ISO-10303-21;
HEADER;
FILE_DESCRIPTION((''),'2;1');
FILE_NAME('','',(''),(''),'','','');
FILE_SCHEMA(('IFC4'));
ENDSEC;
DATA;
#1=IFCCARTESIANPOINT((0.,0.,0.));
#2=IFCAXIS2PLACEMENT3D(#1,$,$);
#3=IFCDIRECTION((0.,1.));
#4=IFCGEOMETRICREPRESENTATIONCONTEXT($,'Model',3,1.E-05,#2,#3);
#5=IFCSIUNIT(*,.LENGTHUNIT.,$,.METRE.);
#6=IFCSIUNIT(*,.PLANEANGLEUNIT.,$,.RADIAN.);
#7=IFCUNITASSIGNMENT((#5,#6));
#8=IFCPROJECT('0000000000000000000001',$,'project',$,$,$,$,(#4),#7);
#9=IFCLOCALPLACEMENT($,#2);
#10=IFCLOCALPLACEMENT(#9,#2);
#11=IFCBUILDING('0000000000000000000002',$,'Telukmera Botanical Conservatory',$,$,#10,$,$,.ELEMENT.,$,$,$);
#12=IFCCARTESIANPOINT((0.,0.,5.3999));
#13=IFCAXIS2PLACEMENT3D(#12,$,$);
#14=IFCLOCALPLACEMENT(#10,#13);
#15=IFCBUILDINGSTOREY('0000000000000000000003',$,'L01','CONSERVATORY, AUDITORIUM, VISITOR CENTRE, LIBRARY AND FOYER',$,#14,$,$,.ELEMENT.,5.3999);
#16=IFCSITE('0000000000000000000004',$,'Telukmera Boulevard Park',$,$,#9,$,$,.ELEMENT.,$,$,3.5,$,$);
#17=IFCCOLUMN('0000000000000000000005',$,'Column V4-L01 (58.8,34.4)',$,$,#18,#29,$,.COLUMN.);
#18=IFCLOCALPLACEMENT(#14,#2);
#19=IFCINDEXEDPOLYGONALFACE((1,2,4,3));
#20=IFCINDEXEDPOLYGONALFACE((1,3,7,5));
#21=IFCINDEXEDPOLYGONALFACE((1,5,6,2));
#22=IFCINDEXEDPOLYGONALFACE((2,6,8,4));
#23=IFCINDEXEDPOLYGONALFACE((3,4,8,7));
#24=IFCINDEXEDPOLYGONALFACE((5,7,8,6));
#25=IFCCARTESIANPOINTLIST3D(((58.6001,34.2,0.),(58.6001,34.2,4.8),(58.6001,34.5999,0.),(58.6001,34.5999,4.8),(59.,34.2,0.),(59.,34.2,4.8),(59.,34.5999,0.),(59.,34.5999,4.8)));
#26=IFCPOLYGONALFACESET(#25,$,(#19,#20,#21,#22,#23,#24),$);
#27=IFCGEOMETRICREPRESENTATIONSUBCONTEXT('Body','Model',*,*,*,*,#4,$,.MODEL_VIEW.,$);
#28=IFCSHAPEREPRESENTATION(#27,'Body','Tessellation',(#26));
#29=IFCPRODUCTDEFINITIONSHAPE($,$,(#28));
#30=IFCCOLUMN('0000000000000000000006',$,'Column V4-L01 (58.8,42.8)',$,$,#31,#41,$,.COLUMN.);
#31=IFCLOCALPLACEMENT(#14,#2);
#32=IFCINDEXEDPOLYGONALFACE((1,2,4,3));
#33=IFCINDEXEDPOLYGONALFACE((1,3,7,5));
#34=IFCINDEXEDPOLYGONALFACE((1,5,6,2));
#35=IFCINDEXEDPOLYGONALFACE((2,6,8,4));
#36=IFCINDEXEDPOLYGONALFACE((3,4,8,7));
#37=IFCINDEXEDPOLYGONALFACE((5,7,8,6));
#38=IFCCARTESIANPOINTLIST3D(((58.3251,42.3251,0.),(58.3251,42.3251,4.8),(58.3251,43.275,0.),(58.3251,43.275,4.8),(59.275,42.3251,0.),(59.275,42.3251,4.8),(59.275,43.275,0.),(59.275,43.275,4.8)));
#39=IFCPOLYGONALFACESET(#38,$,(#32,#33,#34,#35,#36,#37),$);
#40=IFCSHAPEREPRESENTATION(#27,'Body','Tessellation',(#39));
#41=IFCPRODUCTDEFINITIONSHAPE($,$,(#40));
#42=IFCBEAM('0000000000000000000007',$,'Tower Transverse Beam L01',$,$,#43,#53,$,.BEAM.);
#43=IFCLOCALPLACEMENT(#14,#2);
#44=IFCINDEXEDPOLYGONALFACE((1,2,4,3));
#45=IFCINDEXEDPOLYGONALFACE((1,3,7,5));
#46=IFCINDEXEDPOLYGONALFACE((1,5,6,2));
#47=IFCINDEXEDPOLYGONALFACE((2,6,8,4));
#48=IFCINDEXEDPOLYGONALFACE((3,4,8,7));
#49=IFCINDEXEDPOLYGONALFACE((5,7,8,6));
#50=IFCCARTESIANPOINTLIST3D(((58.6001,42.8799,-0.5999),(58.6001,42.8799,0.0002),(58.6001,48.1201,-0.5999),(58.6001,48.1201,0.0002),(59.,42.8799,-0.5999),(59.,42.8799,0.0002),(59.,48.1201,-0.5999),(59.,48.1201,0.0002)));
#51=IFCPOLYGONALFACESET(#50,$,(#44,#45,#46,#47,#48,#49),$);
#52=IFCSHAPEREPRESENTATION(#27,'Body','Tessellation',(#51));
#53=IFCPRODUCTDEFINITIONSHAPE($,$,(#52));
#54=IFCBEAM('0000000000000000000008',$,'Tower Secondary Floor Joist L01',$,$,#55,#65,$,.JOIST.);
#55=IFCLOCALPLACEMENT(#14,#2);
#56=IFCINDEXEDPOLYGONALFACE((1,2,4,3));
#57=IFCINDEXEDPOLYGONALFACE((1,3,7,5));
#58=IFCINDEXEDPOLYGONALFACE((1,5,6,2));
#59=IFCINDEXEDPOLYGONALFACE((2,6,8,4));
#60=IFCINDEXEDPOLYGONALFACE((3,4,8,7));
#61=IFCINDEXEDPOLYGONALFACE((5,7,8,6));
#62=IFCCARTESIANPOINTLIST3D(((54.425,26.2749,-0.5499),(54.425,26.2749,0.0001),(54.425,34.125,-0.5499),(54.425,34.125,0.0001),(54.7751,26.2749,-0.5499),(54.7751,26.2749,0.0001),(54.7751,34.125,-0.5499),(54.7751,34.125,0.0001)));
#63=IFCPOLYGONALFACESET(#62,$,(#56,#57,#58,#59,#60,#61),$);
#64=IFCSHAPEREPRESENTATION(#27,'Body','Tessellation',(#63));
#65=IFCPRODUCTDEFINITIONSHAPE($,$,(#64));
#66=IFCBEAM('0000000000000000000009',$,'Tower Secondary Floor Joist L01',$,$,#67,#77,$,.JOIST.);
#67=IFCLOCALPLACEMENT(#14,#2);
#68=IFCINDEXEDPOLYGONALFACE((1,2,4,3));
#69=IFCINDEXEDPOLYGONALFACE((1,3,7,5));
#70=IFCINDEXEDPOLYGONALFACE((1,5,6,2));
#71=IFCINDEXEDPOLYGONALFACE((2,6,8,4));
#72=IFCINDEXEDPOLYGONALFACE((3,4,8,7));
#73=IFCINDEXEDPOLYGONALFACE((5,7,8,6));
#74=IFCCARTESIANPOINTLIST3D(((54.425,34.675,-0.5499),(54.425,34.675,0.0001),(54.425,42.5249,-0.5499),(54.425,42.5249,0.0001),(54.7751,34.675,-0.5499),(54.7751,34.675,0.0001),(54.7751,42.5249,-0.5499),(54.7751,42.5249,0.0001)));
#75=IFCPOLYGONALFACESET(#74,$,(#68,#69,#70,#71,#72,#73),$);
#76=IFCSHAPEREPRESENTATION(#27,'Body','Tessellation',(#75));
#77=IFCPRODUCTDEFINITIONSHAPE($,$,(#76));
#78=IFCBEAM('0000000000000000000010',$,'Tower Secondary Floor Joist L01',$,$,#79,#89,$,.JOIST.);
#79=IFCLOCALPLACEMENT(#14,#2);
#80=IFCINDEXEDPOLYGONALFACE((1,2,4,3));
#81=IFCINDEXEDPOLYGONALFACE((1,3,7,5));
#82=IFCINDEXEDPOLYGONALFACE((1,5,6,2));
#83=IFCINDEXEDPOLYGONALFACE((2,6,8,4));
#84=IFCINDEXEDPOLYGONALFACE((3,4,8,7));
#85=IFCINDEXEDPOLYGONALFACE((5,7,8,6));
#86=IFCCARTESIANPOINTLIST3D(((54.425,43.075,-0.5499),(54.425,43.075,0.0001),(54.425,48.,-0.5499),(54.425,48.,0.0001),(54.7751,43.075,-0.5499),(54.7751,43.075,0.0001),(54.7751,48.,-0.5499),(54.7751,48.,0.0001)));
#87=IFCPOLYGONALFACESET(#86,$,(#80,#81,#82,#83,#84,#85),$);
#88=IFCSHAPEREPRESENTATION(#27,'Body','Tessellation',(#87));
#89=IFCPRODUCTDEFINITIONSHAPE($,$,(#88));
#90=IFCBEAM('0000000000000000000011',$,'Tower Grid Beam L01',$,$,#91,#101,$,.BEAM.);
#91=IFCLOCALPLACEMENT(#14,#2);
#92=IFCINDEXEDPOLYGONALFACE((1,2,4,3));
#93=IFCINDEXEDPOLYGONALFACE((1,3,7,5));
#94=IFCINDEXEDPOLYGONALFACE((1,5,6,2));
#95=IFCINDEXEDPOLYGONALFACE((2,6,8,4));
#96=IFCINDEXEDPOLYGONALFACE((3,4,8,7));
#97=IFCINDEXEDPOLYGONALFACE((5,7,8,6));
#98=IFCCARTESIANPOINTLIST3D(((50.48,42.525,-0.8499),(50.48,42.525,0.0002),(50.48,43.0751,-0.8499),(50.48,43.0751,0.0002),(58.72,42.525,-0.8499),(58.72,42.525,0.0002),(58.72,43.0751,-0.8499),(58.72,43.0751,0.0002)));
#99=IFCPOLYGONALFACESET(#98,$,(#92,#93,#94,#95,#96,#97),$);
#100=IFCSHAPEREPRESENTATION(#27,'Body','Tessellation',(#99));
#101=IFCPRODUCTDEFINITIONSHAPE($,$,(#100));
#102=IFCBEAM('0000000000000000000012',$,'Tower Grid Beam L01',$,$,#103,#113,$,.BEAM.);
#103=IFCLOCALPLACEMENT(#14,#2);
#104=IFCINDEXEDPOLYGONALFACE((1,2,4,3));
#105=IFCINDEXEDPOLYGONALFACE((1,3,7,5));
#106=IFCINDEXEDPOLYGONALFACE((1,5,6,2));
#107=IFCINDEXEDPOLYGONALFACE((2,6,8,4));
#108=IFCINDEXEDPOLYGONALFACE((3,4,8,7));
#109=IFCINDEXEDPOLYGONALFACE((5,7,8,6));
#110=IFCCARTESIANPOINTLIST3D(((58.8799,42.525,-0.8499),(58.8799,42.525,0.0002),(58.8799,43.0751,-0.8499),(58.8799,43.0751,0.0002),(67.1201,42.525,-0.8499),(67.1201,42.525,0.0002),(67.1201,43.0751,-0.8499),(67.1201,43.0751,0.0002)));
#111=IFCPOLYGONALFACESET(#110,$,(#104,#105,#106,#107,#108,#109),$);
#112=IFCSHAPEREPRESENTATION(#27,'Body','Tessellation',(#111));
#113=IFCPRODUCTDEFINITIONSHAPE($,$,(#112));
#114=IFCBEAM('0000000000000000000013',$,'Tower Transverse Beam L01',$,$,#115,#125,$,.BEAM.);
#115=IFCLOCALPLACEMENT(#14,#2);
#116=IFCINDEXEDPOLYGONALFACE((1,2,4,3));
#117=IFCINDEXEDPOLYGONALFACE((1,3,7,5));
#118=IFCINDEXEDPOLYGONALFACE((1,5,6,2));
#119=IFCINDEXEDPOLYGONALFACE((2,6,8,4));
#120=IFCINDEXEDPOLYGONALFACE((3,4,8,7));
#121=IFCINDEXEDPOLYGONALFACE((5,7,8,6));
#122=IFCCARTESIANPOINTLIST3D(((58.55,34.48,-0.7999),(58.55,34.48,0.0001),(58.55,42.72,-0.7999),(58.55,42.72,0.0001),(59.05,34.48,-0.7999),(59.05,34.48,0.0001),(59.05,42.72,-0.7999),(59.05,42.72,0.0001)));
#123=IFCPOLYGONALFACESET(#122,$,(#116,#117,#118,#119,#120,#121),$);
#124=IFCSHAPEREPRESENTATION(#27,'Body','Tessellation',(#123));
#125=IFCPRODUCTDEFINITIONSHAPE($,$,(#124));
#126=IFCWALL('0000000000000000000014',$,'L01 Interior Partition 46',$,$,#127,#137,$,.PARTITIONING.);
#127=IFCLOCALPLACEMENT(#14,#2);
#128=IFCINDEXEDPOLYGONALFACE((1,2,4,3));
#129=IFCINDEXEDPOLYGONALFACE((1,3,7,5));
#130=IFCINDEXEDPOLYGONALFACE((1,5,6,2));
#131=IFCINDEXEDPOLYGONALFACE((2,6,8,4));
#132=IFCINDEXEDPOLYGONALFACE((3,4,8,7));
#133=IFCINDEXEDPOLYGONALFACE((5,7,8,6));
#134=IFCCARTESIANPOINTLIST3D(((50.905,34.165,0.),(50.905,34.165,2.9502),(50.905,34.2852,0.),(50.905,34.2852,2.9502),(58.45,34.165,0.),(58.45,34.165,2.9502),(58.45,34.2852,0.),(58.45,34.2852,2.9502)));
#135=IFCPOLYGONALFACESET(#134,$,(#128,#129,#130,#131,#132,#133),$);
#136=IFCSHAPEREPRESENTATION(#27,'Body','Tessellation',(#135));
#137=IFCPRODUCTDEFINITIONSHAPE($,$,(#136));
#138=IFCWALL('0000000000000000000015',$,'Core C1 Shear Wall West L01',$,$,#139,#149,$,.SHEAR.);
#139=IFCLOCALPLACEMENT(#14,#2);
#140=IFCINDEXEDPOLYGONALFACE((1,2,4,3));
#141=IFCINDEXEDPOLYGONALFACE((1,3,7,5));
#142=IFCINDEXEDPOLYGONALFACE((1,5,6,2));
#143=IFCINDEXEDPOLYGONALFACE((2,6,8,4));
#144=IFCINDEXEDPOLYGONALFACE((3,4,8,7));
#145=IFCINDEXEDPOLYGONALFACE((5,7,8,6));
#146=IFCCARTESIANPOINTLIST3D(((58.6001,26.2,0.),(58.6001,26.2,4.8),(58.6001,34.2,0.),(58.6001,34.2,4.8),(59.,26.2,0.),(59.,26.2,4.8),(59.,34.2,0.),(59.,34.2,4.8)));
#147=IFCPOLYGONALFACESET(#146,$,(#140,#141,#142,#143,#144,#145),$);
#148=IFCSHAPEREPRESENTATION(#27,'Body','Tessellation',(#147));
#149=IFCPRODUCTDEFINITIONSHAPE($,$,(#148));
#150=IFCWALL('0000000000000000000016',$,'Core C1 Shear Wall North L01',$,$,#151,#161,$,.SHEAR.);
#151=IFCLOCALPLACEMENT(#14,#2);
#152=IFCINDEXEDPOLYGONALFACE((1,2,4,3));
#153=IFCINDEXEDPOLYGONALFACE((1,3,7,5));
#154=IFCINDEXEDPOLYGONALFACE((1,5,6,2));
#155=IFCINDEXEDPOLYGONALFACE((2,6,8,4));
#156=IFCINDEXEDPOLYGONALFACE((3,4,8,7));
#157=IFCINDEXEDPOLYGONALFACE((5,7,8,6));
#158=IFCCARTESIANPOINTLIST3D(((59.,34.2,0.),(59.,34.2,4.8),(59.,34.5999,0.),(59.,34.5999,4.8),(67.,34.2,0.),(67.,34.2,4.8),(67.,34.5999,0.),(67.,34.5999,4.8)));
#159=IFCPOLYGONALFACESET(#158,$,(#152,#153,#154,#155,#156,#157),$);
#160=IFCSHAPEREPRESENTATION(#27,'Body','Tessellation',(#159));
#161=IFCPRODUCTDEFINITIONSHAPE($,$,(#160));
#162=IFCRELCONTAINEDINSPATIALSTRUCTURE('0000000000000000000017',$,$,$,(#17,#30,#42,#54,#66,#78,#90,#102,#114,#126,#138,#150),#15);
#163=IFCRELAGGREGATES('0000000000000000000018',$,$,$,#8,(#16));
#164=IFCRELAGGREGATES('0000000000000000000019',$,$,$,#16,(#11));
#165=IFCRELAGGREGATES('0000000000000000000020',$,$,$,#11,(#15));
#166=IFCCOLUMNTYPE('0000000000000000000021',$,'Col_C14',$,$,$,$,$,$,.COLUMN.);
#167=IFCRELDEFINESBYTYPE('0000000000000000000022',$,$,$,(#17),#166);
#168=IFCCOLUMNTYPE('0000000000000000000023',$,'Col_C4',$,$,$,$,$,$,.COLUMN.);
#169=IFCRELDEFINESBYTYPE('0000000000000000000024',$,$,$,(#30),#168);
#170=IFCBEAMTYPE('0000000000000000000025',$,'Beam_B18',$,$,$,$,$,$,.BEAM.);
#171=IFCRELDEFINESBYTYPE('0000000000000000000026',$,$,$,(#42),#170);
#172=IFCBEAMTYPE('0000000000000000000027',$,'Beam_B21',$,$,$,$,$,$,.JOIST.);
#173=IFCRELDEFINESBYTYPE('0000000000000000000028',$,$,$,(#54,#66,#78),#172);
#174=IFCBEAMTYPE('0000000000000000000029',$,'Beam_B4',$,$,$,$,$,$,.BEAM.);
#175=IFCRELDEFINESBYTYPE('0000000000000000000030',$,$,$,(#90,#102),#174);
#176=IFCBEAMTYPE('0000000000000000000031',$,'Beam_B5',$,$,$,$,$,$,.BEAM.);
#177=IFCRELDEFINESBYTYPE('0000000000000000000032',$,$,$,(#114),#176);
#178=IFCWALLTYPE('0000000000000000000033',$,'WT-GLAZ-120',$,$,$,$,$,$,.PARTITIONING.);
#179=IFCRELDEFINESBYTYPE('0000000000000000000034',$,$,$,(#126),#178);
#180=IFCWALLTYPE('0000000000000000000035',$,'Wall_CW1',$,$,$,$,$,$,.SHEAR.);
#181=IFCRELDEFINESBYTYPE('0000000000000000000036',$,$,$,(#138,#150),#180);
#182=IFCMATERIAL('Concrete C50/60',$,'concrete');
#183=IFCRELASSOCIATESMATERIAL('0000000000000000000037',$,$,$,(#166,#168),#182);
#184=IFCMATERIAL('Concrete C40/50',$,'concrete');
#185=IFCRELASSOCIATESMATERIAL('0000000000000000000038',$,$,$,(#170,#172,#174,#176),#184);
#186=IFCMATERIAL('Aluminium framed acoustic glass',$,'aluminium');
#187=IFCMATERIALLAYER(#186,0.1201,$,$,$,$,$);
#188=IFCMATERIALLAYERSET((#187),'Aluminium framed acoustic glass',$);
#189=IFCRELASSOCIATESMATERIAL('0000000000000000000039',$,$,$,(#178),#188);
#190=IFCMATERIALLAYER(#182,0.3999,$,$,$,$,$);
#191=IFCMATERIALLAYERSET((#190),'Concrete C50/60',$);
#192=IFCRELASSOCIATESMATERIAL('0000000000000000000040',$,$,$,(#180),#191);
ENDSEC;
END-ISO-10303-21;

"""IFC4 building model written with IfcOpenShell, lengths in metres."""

from ifc_helpers import new_model, si_unit, direction, frame, frame_2d, origin, origin_2d, place, context, subcontext, project, spatial, rectangle, extrude, material, layer, layer_set, material_profile, profile_set, type_object, element, save


model = new_model("IFC4")

# Units and contexts
model_context = context("Model", 3, precision=1e-05, world=origin(), true_north=direction((0.0, 1.0)))
body_context = subcontext(model_context, "Body", "Model", "MODEL_VIEW")
ifc_project = project(units=[si_unit("LENGTHUNIT", "METRE"), si_unit("PLANEANGLEUNIT", "RADIAN")], contexts=[model_context])

# Site, building, storey
site_placement = place(None, origin())
site = spatial("IfcSite", under=ifc_project, at=site_placement, Name="Telukmera Boulevard Park", CompositionType="ELEMENT", RefElevation=3.5)
building_placement = place(site_placement, origin())
building = spatial("IfcBuilding", under=site, at=building_placement, Name="Telukmera Botanical Conservatory", CompositionType="ELEMENT")
storey_placement = place(building_placement, frame((0.0, 0.0, 5.3999)))
storey = spatial("IfcBuildingStorey", under=building, at=storey_placement, Name="L01", Description="CONSERVATORY, AUDITORIUM, VISITOR CENTRE, LIBRARY AND FOYER", CompositionType="ELEMENT", Elevation=5.3999)

# Columns
ifc_material_1 = material(Name="Concrete C50/60", Category="concrete")
ifc_material_profile_1 = material_profile(ifc_material_1, rectangle(XDim=0.3999, YDim=0.3999, at=origin_2d()), Name="RC 400x400")
ifc_profile_set_1 = profile_set([ifc_material_profile_1], Name="Concrete C50/60")
column_type_1 = type_object("IfcColumnType", Name="Col_C14", PredefinedType="COLUMN", material=ifc_profile_set_1)
column_1_placement = place(storey_placement, frame((58.8, 34.3999, 0.0), z_axis=(0.0, 0.0, 1.0), x_axis=(1.0, 0.0, 0.0)))
element("IfcColumn", 1, at=column_1_placement, inside=storey, type_object=column_type_1, Name="Column V4-L01 (58.8,34.4)", PredefinedType="COLUMN", context=body_context, shape_type="SweptSolid", body=[
    extrude(rectangle(XDim=0.3999, YDim=0.3999, at=origin_2d()), origin(), (0.0, 0.0, 1.0), 4.8),
])
ifc_material_profile_2 = material_profile(ifc_material_1, rectangle(XDim=0.95, YDim=0.95, at=origin_2d()), Name="RC 950x950")
ifc_profile_set_2 = profile_set([ifc_material_profile_2], Name="Concrete C50/60")
column_type_2 = type_object("IfcColumnType", Name="Col_C4", PredefinedType="COLUMN", material=ifc_profile_set_2)
column_2_placement = place(storey_placement, frame((58.8, 42.8, 0.0), z_axis=(0.0, 0.0, 1.0), x_axis=(1.0, 0.0, 0.0)))
element("IfcColumn", 2, at=column_2_placement, inside=storey, type_object=column_type_2, Name="Column V4-L01 (58.8,42.8)", PredefinedType="COLUMN", context=body_context, shape_type="SweptSolid", body=[
    extrude(rectangle(XDim=0.95, YDim=0.95, at=origin_2d()), origin(), (0.0, 0.0, 1.0), 4.8),
])

# Beams
ifc_material_2 = material(Name="Concrete C40/50", Category="concrete")
ifc_material_profile_3 = material_profile(ifc_material_2, rectangle(XDim=0.3999, YDim=0.6001, at=origin_2d()), Name="RC 400x600")
ifc_profile_set_3 = profile_set([ifc_material_profile_3], Name="Concrete C40/50")
beam_type_1 = type_object("IfcBeamType", Name="Beam_B18", PredefinedType="BEAM", material=ifc_profile_set_3)
beam_1_placement = place(storey_placement, frame((58.8, 42.8799, -0.2998), z_axis=(0.0, 1.0, 0.0), x_axis=(-1.0, 0.0, 0.0)))
element("IfcBeam", 3, at=beam_1_placement, inside=storey, type_object=beam_type_1, Name="Tower Transverse Beam L01", PredefinedType="BEAM", context=body_context, shape_type="SweptSolid", body=[
    extrude(rectangle(XDim=0.3999, YDim=0.6001, at=origin_2d()), origin(), (0.0, 0.0, 1.0), 5.2402),
])
ifc_material_profile_4 = material_profile(ifc_material_2, rectangle(XDim=0.3501, YDim=0.55, at=origin_2d()), Name="RC 350x550")
ifc_profile_set_4 = profile_set([ifc_material_profile_4], Name="Concrete C40/50")
beam_type_2 = type_object("IfcBeamType", Name="Beam_B21", PredefinedType="JOIST", material=ifc_profile_set_4)
beam_2_placement = place(storey_placement, frame((54.6001, 26.2749, -0.2749), z_axis=(0.0, 1.0, 0.0), x_axis=(-1.0, 0.0, 0.0)))
element("IfcBeam", 4, at=beam_2_placement, inside=storey, type_object=beam_type_2, Name="Tower Secondary Floor Joist L01", PredefinedType="JOIST", context=body_context, shape_type="SweptSolid", body=[
    extrude(rectangle(XDim=0.3501, YDim=0.55, at=origin_2d()), origin(), (0.0, 0.0, 1.0), 7.8501),
])
beam_3_placement = place(storey_placement, frame((54.6001, 34.675, -0.2749), z_axis=(0.0, 1.0, 0.0), x_axis=(-1.0, 0.0, 0.0)))
element("IfcBeam", 5, at=beam_3_placement, inside=storey, type_object=beam_type_2, Name="Tower Secondary Floor Joist L01", PredefinedType="JOIST", context=body_context, shape_type="SweptSolid", body=[
    extrude(rectangle(XDim=0.3501, YDim=0.55, at=origin_2d()), origin(), (0.0, 0.0, 1.0), 7.8499),
])
beam_4_placement = place(storey_placement, frame((54.6001, 43.075, -0.2749), z_axis=(0.0, 1.0, 0.0), x_axis=(-1.0, 0.0, 0.0)))
element("IfcBeam", 6, at=beam_4_placement, inside=storey, type_object=beam_type_2, Name="Tower Secondary Floor Joist L01", PredefinedType="JOIST", context=body_context, shape_type="SweptSolid", body=[
    extrude(rectangle(XDim=0.3501, YDim=0.55, at=origin_2d()), origin(), (0.0, 0.0, 1.0), 4.925),
])
ifc_material_profile_5 = material_profile(ifc_material_2, rectangle(XDim=0.55, YDim=0.8501, at=origin_2d()), Name="RC 550x850")
ifc_profile_set_5 = profile_set([ifc_material_profile_5], Name="Concrete C40/50")
beam_type_3 = type_object("IfcBeamType", Name="Beam_B4", PredefinedType="BEAM", material=ifc_profile_set_5)
beam_5_placement = place(storey_placement, frame((50.48, 42.8, -0.4248), z_axis=(1.0, 0.0, 0.0), x_axis=(0.0, 1.0, 0.0)))
element("IfcBeam", 7, at=beam_5_placement, inside=storey, type_object=beam_type_3, Name="Tower Grid Beam L01", PredefinedType="BEAM", context=body_context, shape_type="SweptSolid", body=[
    extrude(rectangle(XDim=0.55, YDim=0.8501, at=origin_2d()), origin(), (0.0, 0.0, 1.0), 8.24),
])
beam_6_placement = place(storey_placement, frame((58.8799, 42.8, -0.4248), z_axis=(1.0, 0.0, 0.0), x_axis=(0.0, 1.0, 0.0)))
element("IfcBeam", 8, at=beam_6_placement, inside=storey, type_object=beam_type_3, Name="Tower Grid Beam L01", PredefinedType="BEAM", context=body_context, shape_type="SweptSolid", body=[
    extrude(rectangle(XDim=0.55, YDim=0.8501, at=origin_2d()), origin(), (0.0, 0.0, 1.0), 8.2402),
])
ifc_material_profile_6 = material_profile(ifc_material_2, rectangle(XDim=0.5, YDim=0.8, at=origin_2d()), Name="RC 500x800")
ifc_profile_set_6 = profile_set([ifc_material_profile_6], Name="Concrete C40/50")
beam_type_4 = type_object("IfcBeamType", Name="Beam_B5", PredefinedType="BEAM", material=ifc_profile_set_6)
beam_7_placement = place(storey_placement, frame((58.8, 34.48, -0.3999), z_axis=(0.0, 1.0, 0.0), x_axis=(-1.0, 0.0, 0.0)))
element("IfcBeam", 9, at=beam_7_placement, inside=storey, type_object=beam_type_4, Name="Tower Transverse Beam L01", PredefinedType="BEAM", context=body_context, shape_type="SweptSolid", body=[
    extrude(rectangle(XDim=0.5, YDim=0.8, at=origin_2d()), origin(), (0.0, 0.0, 1.0), 8.24),
])

# Walls
ifc_material_3 = material(Name="Aluminium framed acoustic glass", Category="aluminium")
ifc_layer_1 = layer(ifc_material_3, 0.1201)
ifc_layer_set_1 = layer_set([ifc_layer_1], Name="Aluminium framed acoustic glass")
wall_type_1 = type_object("IfcWallType", Name="WT-GLAZ-120", PredefinedType="PARTITIONING", material=ifc_layer_set_1)
wall_placement = place(storey_placement, frame((50.905, 34.2251, 0.0), z_axis=(0.0, 0.0, 1.0), x_axis=(1.0, 0.0, 0.0)))
element("IfcWall", 10, at=wall_placement, inside=storey, type_object=wall_type_1, Name="L01 Interior Partition 46", PredefinedType="PARTITIONING", context=body_context, shape_type="SweptSolid", body=[
    extrude(rectangle(XDim=7.5449, YDim=0.1201, at=frame_2d((3.7725, 0.0))), origin(), (0.0, 0.0, 1.0), 2.9502),
])
ifc_layer_2 = layer(ifc_material_1, 0.3999)
ifc_layer_set_2 = layer_set([ifc_layer_2], Name="Concrete C50/60")
wall_type_2 = type_object("IfcWallType", Name="Wall_CW1", PredefinedType="SHEAR", material=ifc_layer_set_2)
for number, where, z_axis, x_axis, name in (
    (11, (58.8, 26.2, 0.0), (0.0, 0.0, 1.0), (0.0, 1.0, 0.0), "Core C1 Shear Wall West L01"),
    (12, (59.0, 34.3999, 0.0), (0.0, 0.0, 1.0), (1.0, 0.0, 0.0), "Core C1 Shear Wall North L01"),
):
    element("IfcWall", number, at=place(storey_placement, frame(where, z_axis=z_axis, x_axis=x_axis)), inside=storey, type_object=wall_type_2, Name=name, PredefinedType="SHEAR", context=body_context, shape_type="SweptSolid", body=[
        extrude(rectangle(XDim=8.0, YDim=0.3999, at=frame_2d((4.0, 0.0))), origin(), (0.0, 0.0, 1.0), 4.8),
    ])

save(model, "model.ifc")
